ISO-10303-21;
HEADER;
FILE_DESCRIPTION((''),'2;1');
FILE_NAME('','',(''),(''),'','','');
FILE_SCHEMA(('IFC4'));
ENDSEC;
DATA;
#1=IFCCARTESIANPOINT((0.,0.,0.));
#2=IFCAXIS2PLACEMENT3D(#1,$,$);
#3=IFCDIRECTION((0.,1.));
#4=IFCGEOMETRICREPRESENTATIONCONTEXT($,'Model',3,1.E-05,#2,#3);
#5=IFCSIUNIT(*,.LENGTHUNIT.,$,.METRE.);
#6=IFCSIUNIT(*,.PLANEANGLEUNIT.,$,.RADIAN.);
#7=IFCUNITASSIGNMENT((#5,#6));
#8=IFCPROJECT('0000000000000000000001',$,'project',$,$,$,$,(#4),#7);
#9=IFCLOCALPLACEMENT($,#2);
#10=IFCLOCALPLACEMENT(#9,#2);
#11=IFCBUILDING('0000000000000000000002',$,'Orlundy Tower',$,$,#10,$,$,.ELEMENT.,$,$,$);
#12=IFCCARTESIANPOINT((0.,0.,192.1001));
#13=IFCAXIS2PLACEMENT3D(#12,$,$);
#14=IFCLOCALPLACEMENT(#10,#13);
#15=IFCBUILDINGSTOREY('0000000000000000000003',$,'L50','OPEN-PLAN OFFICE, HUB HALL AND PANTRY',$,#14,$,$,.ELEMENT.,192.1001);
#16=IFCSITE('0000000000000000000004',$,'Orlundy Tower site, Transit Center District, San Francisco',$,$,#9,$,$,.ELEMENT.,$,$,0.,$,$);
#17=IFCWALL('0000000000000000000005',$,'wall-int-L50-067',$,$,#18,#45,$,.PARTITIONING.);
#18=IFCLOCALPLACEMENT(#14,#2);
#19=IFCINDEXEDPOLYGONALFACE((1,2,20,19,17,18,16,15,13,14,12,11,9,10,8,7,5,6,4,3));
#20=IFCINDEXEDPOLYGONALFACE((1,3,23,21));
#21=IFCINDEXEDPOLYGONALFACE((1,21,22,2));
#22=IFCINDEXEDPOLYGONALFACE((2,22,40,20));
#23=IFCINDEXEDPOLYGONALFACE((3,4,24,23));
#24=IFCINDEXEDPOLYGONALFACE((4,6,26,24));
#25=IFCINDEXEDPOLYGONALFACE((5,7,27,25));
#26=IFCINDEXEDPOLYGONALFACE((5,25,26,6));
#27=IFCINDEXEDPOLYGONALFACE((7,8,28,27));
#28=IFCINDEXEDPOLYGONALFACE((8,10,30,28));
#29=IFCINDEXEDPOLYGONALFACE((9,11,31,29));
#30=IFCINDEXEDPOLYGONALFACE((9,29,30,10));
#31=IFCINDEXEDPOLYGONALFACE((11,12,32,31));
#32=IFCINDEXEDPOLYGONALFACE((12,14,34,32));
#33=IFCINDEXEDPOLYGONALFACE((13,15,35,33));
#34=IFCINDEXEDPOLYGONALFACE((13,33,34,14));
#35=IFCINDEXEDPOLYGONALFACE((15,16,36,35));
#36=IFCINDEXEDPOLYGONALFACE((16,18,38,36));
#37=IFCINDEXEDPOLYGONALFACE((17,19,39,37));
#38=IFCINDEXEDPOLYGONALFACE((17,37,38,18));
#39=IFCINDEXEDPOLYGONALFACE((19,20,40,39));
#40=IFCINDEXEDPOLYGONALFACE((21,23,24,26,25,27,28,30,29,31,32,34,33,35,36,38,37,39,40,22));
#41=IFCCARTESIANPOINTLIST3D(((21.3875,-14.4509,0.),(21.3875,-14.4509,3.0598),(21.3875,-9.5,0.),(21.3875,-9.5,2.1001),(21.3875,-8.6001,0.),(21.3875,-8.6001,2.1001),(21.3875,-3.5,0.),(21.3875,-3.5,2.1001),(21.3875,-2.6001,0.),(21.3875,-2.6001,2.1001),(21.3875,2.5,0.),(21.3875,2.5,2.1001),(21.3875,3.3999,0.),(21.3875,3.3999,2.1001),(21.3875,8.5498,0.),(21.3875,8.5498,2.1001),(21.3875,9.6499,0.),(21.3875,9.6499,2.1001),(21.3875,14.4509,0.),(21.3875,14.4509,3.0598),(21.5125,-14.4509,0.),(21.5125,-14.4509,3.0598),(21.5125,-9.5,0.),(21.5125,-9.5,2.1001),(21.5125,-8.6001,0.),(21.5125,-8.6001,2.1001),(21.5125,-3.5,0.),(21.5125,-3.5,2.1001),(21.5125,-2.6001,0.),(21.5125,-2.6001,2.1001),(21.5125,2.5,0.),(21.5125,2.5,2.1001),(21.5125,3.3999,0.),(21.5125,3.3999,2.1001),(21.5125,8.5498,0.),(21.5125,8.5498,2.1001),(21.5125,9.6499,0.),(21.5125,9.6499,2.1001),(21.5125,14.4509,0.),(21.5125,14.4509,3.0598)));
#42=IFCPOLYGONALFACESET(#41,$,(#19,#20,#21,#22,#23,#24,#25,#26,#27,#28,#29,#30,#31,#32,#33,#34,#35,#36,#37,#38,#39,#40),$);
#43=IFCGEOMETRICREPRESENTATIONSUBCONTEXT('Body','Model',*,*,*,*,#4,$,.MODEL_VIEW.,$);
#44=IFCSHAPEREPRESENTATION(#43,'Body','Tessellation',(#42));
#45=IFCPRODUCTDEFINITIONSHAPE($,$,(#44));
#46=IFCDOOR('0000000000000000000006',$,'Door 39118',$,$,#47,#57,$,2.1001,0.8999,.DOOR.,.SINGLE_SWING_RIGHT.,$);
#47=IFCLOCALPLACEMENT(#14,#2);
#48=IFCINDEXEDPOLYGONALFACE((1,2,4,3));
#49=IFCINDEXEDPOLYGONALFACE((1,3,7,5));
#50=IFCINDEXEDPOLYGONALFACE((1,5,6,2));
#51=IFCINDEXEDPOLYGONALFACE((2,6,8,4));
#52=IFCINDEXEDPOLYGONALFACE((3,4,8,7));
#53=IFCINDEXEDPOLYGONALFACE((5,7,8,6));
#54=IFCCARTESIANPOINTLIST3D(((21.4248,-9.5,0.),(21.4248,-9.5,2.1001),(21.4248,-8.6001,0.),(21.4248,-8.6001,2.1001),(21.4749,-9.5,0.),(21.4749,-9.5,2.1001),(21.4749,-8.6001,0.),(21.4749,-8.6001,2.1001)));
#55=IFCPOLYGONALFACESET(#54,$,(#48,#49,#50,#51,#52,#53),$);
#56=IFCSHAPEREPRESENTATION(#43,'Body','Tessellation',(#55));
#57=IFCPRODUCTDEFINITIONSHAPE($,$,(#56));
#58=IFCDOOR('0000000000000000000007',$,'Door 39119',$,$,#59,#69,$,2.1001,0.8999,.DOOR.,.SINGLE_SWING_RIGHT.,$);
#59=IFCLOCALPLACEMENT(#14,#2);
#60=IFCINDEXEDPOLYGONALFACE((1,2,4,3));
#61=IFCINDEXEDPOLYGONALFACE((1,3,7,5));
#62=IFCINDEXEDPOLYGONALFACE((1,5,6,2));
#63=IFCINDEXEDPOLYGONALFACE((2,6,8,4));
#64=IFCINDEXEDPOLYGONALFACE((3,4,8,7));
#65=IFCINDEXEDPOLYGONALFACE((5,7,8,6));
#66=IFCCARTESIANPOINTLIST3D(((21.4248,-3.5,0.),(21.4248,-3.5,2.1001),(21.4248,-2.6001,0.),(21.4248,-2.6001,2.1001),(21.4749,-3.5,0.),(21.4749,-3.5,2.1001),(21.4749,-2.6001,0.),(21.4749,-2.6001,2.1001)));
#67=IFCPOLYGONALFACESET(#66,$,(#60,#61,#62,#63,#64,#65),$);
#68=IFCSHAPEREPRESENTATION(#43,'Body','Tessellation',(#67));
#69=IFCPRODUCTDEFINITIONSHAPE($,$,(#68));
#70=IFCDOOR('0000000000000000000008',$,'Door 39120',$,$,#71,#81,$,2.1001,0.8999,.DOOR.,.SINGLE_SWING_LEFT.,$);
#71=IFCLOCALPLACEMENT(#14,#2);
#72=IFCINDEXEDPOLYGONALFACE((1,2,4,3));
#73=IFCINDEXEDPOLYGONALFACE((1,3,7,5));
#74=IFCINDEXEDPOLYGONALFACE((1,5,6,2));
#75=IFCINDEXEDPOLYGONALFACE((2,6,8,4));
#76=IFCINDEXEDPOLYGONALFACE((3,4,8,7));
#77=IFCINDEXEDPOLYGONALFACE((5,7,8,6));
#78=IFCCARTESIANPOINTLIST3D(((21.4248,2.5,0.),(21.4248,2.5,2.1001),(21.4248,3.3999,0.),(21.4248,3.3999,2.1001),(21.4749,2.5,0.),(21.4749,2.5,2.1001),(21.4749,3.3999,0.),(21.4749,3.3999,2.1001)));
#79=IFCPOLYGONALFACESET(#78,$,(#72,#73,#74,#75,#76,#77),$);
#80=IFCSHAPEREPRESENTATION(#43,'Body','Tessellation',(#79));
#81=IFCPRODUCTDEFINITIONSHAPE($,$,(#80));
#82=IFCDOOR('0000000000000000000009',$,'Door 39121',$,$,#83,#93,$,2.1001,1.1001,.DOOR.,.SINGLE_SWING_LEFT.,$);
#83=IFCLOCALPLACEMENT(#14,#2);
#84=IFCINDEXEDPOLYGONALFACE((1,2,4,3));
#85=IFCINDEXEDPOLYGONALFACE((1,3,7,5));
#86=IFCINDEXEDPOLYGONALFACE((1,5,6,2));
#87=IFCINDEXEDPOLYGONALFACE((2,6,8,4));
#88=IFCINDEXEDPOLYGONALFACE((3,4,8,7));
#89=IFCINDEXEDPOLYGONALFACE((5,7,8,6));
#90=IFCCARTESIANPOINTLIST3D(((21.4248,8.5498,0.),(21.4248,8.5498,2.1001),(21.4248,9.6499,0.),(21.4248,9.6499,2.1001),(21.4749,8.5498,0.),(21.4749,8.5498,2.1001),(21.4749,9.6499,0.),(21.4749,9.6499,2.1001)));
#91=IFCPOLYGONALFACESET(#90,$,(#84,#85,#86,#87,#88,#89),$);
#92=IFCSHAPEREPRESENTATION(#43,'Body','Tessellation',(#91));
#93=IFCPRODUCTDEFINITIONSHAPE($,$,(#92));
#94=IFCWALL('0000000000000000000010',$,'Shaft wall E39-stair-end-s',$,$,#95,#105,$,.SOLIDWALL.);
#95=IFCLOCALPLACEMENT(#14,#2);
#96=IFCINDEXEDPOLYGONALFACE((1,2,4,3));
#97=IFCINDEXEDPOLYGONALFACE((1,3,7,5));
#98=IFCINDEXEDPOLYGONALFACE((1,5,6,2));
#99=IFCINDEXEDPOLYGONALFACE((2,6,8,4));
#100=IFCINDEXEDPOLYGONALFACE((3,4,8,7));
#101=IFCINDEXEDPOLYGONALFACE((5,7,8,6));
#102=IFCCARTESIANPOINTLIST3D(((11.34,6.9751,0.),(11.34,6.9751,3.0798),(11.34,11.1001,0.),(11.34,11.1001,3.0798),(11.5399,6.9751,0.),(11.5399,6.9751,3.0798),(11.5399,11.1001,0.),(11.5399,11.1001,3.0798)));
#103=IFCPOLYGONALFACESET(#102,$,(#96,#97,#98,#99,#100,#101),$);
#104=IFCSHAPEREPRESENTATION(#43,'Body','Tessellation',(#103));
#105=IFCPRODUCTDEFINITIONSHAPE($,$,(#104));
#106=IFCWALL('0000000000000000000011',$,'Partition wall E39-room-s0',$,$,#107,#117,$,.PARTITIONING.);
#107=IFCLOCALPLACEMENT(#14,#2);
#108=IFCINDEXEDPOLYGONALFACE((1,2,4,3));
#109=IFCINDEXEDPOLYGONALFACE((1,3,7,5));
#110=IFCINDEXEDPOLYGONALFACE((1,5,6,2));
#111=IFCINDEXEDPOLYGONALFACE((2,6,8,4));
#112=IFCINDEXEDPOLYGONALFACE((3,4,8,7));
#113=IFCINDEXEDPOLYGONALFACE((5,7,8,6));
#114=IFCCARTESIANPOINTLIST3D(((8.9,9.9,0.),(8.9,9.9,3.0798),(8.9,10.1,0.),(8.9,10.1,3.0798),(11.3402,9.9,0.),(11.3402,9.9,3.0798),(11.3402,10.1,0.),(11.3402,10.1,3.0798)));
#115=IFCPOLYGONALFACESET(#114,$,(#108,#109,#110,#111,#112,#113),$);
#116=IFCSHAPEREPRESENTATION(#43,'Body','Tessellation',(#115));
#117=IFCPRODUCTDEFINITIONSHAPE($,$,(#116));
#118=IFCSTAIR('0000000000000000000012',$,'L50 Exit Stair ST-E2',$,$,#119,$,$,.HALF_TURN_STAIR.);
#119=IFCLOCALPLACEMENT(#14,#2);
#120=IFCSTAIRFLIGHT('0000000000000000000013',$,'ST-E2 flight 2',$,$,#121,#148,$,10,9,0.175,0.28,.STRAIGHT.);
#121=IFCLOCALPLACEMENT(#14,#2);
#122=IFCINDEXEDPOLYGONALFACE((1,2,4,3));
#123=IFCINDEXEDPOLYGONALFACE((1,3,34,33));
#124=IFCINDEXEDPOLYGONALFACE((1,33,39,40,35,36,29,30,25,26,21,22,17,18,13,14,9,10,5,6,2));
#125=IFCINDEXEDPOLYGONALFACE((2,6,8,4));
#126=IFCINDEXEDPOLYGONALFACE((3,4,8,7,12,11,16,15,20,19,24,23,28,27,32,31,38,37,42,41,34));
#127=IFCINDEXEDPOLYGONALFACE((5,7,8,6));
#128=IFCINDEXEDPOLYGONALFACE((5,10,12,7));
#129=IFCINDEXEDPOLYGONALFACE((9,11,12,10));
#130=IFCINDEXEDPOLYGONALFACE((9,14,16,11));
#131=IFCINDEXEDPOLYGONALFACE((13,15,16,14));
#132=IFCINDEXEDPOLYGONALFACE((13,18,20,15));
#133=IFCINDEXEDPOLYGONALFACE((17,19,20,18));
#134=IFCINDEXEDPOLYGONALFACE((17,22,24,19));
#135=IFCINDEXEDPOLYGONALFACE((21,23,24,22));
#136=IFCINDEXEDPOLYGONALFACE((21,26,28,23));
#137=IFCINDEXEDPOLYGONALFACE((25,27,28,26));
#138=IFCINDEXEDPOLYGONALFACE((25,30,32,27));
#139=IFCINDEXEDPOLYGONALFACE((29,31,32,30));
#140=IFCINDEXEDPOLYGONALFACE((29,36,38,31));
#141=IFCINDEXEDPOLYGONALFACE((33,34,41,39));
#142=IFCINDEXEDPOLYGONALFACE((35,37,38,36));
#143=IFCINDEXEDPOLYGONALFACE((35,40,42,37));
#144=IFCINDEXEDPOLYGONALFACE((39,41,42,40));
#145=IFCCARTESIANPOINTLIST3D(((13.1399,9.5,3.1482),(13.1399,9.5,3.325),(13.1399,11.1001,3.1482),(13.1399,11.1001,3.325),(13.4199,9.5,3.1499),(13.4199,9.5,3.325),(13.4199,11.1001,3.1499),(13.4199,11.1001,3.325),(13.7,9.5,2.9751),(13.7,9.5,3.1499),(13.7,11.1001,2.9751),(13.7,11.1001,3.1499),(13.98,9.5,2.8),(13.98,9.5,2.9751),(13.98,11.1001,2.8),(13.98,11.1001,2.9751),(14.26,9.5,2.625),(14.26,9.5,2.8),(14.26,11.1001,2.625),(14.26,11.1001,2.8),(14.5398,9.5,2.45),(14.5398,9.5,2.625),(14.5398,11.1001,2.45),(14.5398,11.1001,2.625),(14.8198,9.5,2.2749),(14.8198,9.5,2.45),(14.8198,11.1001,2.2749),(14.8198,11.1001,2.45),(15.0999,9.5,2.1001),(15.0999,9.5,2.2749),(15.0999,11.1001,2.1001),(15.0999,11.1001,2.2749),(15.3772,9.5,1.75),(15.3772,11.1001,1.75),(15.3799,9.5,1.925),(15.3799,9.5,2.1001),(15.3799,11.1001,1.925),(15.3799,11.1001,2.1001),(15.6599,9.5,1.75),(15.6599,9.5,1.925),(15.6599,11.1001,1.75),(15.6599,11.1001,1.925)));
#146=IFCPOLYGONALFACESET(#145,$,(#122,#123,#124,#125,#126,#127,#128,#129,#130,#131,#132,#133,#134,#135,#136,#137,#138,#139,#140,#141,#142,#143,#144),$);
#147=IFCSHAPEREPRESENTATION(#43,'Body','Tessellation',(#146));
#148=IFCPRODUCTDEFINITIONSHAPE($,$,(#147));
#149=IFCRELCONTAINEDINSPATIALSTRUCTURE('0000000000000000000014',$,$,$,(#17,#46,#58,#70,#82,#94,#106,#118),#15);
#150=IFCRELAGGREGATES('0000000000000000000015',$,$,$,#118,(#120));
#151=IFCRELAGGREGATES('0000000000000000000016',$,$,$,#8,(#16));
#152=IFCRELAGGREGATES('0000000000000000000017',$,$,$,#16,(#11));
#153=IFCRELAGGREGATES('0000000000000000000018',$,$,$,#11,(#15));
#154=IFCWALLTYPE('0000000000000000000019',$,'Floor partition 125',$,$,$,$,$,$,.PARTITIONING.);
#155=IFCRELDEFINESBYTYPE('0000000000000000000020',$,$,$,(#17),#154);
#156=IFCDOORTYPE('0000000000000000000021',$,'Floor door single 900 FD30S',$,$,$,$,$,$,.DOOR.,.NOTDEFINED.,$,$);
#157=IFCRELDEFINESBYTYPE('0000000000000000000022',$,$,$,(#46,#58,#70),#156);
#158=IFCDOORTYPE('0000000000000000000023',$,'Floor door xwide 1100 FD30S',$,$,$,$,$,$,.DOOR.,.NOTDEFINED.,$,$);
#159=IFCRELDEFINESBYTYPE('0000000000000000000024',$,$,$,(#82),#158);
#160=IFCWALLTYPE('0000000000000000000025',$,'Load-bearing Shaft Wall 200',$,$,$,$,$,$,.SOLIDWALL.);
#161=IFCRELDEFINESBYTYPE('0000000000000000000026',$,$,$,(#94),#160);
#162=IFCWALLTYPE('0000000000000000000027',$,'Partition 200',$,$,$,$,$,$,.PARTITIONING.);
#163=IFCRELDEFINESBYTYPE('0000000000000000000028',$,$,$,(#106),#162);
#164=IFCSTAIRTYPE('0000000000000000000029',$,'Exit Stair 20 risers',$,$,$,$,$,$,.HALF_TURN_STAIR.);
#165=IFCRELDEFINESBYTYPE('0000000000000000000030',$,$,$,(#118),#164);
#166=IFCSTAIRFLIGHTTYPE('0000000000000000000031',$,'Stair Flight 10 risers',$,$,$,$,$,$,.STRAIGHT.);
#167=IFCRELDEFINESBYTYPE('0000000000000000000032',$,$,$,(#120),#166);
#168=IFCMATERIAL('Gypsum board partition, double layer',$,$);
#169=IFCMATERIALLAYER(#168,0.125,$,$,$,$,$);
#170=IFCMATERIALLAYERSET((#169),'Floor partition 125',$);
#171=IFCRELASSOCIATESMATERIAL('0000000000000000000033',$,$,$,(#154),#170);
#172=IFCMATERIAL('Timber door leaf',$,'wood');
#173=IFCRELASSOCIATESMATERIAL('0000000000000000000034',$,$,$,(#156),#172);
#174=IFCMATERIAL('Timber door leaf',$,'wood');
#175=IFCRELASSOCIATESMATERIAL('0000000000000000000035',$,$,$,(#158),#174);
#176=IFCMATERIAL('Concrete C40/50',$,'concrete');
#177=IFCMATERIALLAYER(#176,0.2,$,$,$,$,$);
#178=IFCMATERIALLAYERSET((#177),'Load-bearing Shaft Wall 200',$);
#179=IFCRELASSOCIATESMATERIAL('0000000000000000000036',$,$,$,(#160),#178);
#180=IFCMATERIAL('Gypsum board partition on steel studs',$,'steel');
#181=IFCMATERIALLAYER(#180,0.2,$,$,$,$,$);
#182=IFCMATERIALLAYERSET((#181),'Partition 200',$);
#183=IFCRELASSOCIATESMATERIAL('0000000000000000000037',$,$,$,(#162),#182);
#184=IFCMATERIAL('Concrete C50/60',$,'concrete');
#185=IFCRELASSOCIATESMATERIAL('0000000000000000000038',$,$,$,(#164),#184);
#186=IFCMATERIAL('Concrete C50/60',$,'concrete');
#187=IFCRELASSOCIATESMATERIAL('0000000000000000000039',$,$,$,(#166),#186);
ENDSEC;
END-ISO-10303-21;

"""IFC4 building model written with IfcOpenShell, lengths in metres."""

from ifc_helpers import new_model, si_unit, direction, frame, frame_2d, origin, place, context, subcontext, project, spatial, polyline, rectangle, outline, extrude, material, layer, layer_set, type_object, element, fill, aggregate, save


model = new_model("IFC4")

# Units and contexts
model_context = context("Model", 3, precision=1e-05, world=origin(), true_north=direction((0.0, 1.0)))
body_context = subcontext(model_context, "Body", "Model", "MODEL_VIEW")
ifc_project = project(units=[si_unit("LENGTHUNIT", "METRE"), si_unit("PLANEANGLEUNIT", "RADIAN")], contexts=[model_context])

# Site, building, storey
site_placement = place(None, origin())
site = spatial("IfcSite", under=ifc_project, at=site_placement, Name="Orlundy Tower site, Transit Center District, San Francisco", CompositionType="ELEMENT", RefElevation=0.0)
building_placement = place(site_placement, origin())
building = spatial("IfcBuilding", under=site, at=building_placement, Name="Orlundy Tower", CompositionType="ELEMENT")
storey_placement = place(building_placement, frame((0.0, 0.0, 192.1001)))
storey = spatial("IfcBuildingStorey", under=building, at=storey_placement, Name="L50", Description="OPEN-PLAN OFFICE, HUB HALL AND PANTRY", CompositionType="ELEMENT", Elevation=192.1001)

# Shared definitions
ifc_material_1 = material(Name="Gypsum board partition, double layer")
ifc_layer_1 = layer(ifc_material_1, 0.125)
ifc_layer_set_1 = layer_set([ifc_layer_1], Name="Floor partition 125")
wall_type_1 = type_object("IfcWallType", Name="Floor partition 125", PredefinedType="PARTITIONING", material=ifc_layer_set_1)

# Wall, openings, doors
wall_1_placement = place(storey_placement, frame((21.45, 14.4509, 0.0), z_axis=(0.0, 0.0, 1.0), x_axis=(0.0, -1.0, 0.0)))
wall_1 = element("IfcWall", 1, at=wall_1_placement, inside=storey, type_object=wall_type_1, Name="wall-int-L50-067", PredefinedType="PARTITIONING", context=body_context, shape_type="SweptSolid", body=[
    extrude(rectangle(XDim=28.9019, YDim=0.125, at=frame_2d((14.4509, 0.0))), origin(), (0.0, 0.0, 1.0), 3.0598),
])
opening_1_placement = place(wall_1_placement, frame((23.051, 0.0, 0.0)))
opening_1 = element("IfcOpeningElement", 2, at=opening_1_placement, cuts=wall_1, PredefinedType="OPENING", context=body_context, shape_type="SweptSolid", body=[
    extrude(rectangle(XDim=0.8999, YDim=2.1001, at=frame_2d((0.45, 1.05))), frame((0.0, 0.0725, 0.0), z_axis=(0.0, -1.0, 0.0), x_axis=(1.0, 0.0, 0.0)), (0.0, 0.0, 1.0), 0.145),
])
opening_2_placement = place(wall_1_placement, frame((17.051, 0.0, 0.0)))
opening_2 = element("IfcOpeningElement", 3, at=opening_2_placement, cuts=wall_1, PredefinedType="OPENING", context=body_context, shape_type="SweptSolid", body=[
    extrude(rectangle(XDim=0.8999, YDim=2.1001, at=frame_2d((0.45, 1.05))), frame((0.0, 0.0725, 0.0), z_axis=(0.0, -1.0, 0.0), x_axis=(1.0, 0.0, 0.0)), (0.0, 0.0, 1.0), 0.145),
])
opening_3_placement = place(wall_1_placement, frame((11.051, 0.0, 0.0)))
opening_3 = element("IfcOpeningElement", 4, at=opening_3_placement, cuts=wall_1, PredefinedType="OPENING", context=body_context, shape_type="SweptSolid", body=[
    extrude(rectangle(XDim=0.8999, YDim=2.1001, at=frame_2d((0.45, 1.05))), frame((0.0, 0.0725, 0.0), z_axis=(0.0, -1.0, 0.0), x_axis=(1.0, 0.0, 0.0)), (0.0, 0.0, 1.0), 0.145),
])
opening_4_placement = place(wall_1_placement, frame((4.801, 0.0, 0.0)))
opening_4 = element("IfcOpeningElement", 5, at=opening_4_placement, cuts=wall_1, PredefinedType="OPENING", context=body_context, shape_type="SweptSolid", body=[
    extrude(rectangle(XDim=1.1001, YDim=2.1001, at=frame_2d((0.55, 1.05))), frame((0.0, 0.0725, 0.0), z_axis=(0.0, -1.0, 0.0), x_axis=(1.0, 0.0, 0.0)), (0.0, 0.0, 1.0), 0.145),
])
ifc_material_2 = material(Name="Timber door leaf", Category="wood")
door_type_1 = type_object("IfcDoorType", Name="Floor door single 900 FD30S", OperationType="NOTDEFINED", PredefinedType="DOOR", material=ifc_material_2)
door_1_placement = place(opening_1_placement, origin())
door_1 = element("IfcDoor", 6, at=door_1_placement, inside=storey, type_object=door_type_1, Name="Door 39118", OperationType="SINGLE_SWING_RIGHT", OverallHeight=2.1001, OverallWidth=0.8999, PredefinedType="DOOR", context=body_context, shape_type="SweptSolid", body=[
    extrude(rectangle(XDim=0.8999, YDim=2.1001, at=frame_2d((0.45, 1.05))), frame((0.0, 0.0249, 0.0), z_axis=(0.0, -1.0, 0.0), x_axis=(1.0, 0.0, 0.0)), (0.0, 0.0, 1.0), 0.05),
])
fill(opening_1, door_1)
door_2_placement = place(opening_2_placement, origin())
door_2 = element("IfcDoor", 7, at=door_2_placement, inside=storey, type_object=door_type_1, Name="Door 39119", OperationType="SINGLE_SWING_RIGHT", OverallHeight=2.1001, OverallWidth=0.8999, PredefinedType="DOOR", context=body_context, shape_type="SweptSolid", body=[
    extrude(rectangle(XDim=0.8999, YDim=2.1001, at=frame_2d((0.45, 1.05))), frame((0.0, 0.0249, 0.0), z_axis=(0.0, -1.0, 0.0), x_axis=(1.0, 0.0, 0.0)), (0.0, 0.0, 1.0), 0.05),
])
fill(opening_2, door_2)
door_3_placement = place(opening_3_placement, origin())
door_3 = element("IfcDoor", 8, at=door_3_placement, inside=storey, type_object=door_type_1, Name="Door 39120", OperationType="SINGLE_SWING_LEFT", OverallHeight=2.1001, OverallWidth=0.8999, PredefinedType="DOOR", context=body_context, shape_type="SweptSolid", body=[
    extrude(rectangle(XDim=0.8999, YDim=2.1001, at=frame_2d((0.45, 1.05))), frame((0.0, 0.0249, 0.0), z_axis=(0.0, -1.0, 0.0), x_axis=(1.0, 0.0, 0.0)), (0.0, 0.0, 1.0), 0.05),
])
fill(opening_3, door_3)
ifc_material_3 = material(Name="Timber door leaf", Category="wood")
door_type_2 = type_object("IfcDoorType", Name="Floor door xwide 1100 FD30S", OperationType="NOTDEFINED", PredefinedType="DOOR", material=ifc_material_3)
door_4_placement = place(opening_4_placement, origin())
door_4 = element("IfcDoor", 9, at=door_4_placement, inside=storey, type_object=door_type_2, Name="Door 39121", OperationType="SINGLE_SWING_LEFT", OverallHeight=2.1001, OverallWidth=1.1001, PredefinedType="DOOR", context=body_context, shape_type="SweptSolid", body=[
    extrude(rectangle(XDim=1.1001, YDim=2.1001, at=frame_2d((0.55, 1.05))), frame((0.0, 0.0249, 0.0), z_axis=(0.0, -1.0, 0.0), x_axis=(1.0, 0.0, 0.0)), (0.0, 0.0, 1.0), 0.05),
])
fill(opening_4, door_4)

# Walls
ifc_material_4 = material(Name="Concrete C40/50", Category="concrete")
ifc_layer_2 = layer(ifc_material_4, 0.2)
ifc_layer_set_2 = layer_set([ifc_layer_2], Name="Load-bearing Shaft Wall 200")
wall_type_2 = type_object("IfcWallType", Name="Load-bearing Shaft Wall 200", PredefinedType="SOLIDWALL", material=ifc_layer_set_2)
wall_2_placement = place(storey_placement, frame((11.4399, 11.1001, 0.0), z_axis=(0.0, 0.0, 1.0), x_axis=(0.0, -1.0, 0.0)))
element("IfcWall", 10, at=wall_2_placement, inside=storey, type_object=wall_type_2, Name="Shaft wall E39-stair-end-s", PredefinedType="SOLIDWALL", context=body_context, shape_type="SweptSolid", body=[
    extrude(rectangle(XDim=4.125, YDim=0.2, at=frame_2d((2.0625, 0.0))), origin(), (0.0, 0.0, 1.0), 3.0798),
])
ifc_material_5 = material(Name="Gypsum board partition on steel studs", Category="steel")
ifc_layer_3 = layer(ifc_material_5, 0.2)
ifc_layer_set_3 = layer_set([ifc_layer_3], Name="Partition 200")
wall_type_3 = type_object("IfcWallType", Name="Partition 200", PredefinedType="PARTITIONING", material=ifc_layer_set_3)
wall_3_placement = place(storey_placement, frame((8.8999, 10.0, 0.0), z_axis=(0.0, 0.0, 1.0), x_axis=(1.0, 0.0, 0.0)))
element("IfcWall", 11, at=wall_3_placement, inside=storey, type_object=wall_type_3, Name="Partition wall E39-room-s0", PredefinedType="PARTITIONING", context=body_context, shape_type="SweptSolid", body=[
    extrude(rectangle(XDim=2.4402, YDim=0.2, at=frame_2d((1.2202, 0.0))), origin(), (0.0, 0.0, 1.0), 3.0798),
])

# Stair, stair flight
ifc_material_6 = material(Name="Concrete C50/60", Category="concrete")
stair_type = type_object("IfcStairType", Name="Exit Stair 20 risers", PredefinedType="HALF_TURN_STAIR", material=ifc_material_6)
stair_placement = place(storey_placement, origin())
stair = element("IfcStair", 12, at=stair_placement, inside=storey, type_object=stair_type, Name="L50 Exit Stair ST-E2", PredefinedType="HALF_TURN_STAIR")
ifc_material_7 = material(Name="Concrete C50/60", Category="concrete")
stair_flight_type = type_object("IfcStairFlightType", Name="Stair Flight 10 risers", PredefinedType="STRAIGHT", material=ifc_material_7)
stair_flight_placement = place(storey_placement, frame((15.6599, 10.3, 1.75), z_axis=(0.0, 0.0, 1.0), x_axis=(-1.0, 0.0, 0.0)))
stair_flight = element("IfcStairFlight", 13, at=stair_flight_placement, type_object=stair_flight_type, Name="ST-E2 flight 2", NumberOfRisers=10, NumberOfTreads=9, PredefinedType="STRAIGHT", RiserHeight=0.175, TreadLength=0.28, context=body_context, shape_type="SweptSolid", body=[
    extrude(outline(polyline([(0.0, 0.0), (0.0, 0.175), (0.28, 0.175), (0.28, 0.3501), (0.5601, 0.3501), (0.5601, 0.5249), (0.8401, 0.5249), (0.8401, 0.7), (1.1201, 0.7), (1.1201, 0.875), (1.3999, 0.875), (1.3999, 1.05), (1.6799, 1.05), (1.6799, 1.2251), (1.96, 1.2251), (1.96, 1.3999), (2.24, 1.3999), (2.24, 1.575), (2.52, 1.575), (2.52, 1.75), (2.52, 1.3982), (0.2827, 0.0), (0.0, 0.0)])), frame((0.0, 0.8, 0.0), z_axis=(0.0, -1.0, 0.0), x_axis=(1.0, 0.0, 0.0)), (0.0, 0.0, 1.0), 1.6001),
])
aggregate(stair, [stair_flight])

save(model, "model.ifc")
